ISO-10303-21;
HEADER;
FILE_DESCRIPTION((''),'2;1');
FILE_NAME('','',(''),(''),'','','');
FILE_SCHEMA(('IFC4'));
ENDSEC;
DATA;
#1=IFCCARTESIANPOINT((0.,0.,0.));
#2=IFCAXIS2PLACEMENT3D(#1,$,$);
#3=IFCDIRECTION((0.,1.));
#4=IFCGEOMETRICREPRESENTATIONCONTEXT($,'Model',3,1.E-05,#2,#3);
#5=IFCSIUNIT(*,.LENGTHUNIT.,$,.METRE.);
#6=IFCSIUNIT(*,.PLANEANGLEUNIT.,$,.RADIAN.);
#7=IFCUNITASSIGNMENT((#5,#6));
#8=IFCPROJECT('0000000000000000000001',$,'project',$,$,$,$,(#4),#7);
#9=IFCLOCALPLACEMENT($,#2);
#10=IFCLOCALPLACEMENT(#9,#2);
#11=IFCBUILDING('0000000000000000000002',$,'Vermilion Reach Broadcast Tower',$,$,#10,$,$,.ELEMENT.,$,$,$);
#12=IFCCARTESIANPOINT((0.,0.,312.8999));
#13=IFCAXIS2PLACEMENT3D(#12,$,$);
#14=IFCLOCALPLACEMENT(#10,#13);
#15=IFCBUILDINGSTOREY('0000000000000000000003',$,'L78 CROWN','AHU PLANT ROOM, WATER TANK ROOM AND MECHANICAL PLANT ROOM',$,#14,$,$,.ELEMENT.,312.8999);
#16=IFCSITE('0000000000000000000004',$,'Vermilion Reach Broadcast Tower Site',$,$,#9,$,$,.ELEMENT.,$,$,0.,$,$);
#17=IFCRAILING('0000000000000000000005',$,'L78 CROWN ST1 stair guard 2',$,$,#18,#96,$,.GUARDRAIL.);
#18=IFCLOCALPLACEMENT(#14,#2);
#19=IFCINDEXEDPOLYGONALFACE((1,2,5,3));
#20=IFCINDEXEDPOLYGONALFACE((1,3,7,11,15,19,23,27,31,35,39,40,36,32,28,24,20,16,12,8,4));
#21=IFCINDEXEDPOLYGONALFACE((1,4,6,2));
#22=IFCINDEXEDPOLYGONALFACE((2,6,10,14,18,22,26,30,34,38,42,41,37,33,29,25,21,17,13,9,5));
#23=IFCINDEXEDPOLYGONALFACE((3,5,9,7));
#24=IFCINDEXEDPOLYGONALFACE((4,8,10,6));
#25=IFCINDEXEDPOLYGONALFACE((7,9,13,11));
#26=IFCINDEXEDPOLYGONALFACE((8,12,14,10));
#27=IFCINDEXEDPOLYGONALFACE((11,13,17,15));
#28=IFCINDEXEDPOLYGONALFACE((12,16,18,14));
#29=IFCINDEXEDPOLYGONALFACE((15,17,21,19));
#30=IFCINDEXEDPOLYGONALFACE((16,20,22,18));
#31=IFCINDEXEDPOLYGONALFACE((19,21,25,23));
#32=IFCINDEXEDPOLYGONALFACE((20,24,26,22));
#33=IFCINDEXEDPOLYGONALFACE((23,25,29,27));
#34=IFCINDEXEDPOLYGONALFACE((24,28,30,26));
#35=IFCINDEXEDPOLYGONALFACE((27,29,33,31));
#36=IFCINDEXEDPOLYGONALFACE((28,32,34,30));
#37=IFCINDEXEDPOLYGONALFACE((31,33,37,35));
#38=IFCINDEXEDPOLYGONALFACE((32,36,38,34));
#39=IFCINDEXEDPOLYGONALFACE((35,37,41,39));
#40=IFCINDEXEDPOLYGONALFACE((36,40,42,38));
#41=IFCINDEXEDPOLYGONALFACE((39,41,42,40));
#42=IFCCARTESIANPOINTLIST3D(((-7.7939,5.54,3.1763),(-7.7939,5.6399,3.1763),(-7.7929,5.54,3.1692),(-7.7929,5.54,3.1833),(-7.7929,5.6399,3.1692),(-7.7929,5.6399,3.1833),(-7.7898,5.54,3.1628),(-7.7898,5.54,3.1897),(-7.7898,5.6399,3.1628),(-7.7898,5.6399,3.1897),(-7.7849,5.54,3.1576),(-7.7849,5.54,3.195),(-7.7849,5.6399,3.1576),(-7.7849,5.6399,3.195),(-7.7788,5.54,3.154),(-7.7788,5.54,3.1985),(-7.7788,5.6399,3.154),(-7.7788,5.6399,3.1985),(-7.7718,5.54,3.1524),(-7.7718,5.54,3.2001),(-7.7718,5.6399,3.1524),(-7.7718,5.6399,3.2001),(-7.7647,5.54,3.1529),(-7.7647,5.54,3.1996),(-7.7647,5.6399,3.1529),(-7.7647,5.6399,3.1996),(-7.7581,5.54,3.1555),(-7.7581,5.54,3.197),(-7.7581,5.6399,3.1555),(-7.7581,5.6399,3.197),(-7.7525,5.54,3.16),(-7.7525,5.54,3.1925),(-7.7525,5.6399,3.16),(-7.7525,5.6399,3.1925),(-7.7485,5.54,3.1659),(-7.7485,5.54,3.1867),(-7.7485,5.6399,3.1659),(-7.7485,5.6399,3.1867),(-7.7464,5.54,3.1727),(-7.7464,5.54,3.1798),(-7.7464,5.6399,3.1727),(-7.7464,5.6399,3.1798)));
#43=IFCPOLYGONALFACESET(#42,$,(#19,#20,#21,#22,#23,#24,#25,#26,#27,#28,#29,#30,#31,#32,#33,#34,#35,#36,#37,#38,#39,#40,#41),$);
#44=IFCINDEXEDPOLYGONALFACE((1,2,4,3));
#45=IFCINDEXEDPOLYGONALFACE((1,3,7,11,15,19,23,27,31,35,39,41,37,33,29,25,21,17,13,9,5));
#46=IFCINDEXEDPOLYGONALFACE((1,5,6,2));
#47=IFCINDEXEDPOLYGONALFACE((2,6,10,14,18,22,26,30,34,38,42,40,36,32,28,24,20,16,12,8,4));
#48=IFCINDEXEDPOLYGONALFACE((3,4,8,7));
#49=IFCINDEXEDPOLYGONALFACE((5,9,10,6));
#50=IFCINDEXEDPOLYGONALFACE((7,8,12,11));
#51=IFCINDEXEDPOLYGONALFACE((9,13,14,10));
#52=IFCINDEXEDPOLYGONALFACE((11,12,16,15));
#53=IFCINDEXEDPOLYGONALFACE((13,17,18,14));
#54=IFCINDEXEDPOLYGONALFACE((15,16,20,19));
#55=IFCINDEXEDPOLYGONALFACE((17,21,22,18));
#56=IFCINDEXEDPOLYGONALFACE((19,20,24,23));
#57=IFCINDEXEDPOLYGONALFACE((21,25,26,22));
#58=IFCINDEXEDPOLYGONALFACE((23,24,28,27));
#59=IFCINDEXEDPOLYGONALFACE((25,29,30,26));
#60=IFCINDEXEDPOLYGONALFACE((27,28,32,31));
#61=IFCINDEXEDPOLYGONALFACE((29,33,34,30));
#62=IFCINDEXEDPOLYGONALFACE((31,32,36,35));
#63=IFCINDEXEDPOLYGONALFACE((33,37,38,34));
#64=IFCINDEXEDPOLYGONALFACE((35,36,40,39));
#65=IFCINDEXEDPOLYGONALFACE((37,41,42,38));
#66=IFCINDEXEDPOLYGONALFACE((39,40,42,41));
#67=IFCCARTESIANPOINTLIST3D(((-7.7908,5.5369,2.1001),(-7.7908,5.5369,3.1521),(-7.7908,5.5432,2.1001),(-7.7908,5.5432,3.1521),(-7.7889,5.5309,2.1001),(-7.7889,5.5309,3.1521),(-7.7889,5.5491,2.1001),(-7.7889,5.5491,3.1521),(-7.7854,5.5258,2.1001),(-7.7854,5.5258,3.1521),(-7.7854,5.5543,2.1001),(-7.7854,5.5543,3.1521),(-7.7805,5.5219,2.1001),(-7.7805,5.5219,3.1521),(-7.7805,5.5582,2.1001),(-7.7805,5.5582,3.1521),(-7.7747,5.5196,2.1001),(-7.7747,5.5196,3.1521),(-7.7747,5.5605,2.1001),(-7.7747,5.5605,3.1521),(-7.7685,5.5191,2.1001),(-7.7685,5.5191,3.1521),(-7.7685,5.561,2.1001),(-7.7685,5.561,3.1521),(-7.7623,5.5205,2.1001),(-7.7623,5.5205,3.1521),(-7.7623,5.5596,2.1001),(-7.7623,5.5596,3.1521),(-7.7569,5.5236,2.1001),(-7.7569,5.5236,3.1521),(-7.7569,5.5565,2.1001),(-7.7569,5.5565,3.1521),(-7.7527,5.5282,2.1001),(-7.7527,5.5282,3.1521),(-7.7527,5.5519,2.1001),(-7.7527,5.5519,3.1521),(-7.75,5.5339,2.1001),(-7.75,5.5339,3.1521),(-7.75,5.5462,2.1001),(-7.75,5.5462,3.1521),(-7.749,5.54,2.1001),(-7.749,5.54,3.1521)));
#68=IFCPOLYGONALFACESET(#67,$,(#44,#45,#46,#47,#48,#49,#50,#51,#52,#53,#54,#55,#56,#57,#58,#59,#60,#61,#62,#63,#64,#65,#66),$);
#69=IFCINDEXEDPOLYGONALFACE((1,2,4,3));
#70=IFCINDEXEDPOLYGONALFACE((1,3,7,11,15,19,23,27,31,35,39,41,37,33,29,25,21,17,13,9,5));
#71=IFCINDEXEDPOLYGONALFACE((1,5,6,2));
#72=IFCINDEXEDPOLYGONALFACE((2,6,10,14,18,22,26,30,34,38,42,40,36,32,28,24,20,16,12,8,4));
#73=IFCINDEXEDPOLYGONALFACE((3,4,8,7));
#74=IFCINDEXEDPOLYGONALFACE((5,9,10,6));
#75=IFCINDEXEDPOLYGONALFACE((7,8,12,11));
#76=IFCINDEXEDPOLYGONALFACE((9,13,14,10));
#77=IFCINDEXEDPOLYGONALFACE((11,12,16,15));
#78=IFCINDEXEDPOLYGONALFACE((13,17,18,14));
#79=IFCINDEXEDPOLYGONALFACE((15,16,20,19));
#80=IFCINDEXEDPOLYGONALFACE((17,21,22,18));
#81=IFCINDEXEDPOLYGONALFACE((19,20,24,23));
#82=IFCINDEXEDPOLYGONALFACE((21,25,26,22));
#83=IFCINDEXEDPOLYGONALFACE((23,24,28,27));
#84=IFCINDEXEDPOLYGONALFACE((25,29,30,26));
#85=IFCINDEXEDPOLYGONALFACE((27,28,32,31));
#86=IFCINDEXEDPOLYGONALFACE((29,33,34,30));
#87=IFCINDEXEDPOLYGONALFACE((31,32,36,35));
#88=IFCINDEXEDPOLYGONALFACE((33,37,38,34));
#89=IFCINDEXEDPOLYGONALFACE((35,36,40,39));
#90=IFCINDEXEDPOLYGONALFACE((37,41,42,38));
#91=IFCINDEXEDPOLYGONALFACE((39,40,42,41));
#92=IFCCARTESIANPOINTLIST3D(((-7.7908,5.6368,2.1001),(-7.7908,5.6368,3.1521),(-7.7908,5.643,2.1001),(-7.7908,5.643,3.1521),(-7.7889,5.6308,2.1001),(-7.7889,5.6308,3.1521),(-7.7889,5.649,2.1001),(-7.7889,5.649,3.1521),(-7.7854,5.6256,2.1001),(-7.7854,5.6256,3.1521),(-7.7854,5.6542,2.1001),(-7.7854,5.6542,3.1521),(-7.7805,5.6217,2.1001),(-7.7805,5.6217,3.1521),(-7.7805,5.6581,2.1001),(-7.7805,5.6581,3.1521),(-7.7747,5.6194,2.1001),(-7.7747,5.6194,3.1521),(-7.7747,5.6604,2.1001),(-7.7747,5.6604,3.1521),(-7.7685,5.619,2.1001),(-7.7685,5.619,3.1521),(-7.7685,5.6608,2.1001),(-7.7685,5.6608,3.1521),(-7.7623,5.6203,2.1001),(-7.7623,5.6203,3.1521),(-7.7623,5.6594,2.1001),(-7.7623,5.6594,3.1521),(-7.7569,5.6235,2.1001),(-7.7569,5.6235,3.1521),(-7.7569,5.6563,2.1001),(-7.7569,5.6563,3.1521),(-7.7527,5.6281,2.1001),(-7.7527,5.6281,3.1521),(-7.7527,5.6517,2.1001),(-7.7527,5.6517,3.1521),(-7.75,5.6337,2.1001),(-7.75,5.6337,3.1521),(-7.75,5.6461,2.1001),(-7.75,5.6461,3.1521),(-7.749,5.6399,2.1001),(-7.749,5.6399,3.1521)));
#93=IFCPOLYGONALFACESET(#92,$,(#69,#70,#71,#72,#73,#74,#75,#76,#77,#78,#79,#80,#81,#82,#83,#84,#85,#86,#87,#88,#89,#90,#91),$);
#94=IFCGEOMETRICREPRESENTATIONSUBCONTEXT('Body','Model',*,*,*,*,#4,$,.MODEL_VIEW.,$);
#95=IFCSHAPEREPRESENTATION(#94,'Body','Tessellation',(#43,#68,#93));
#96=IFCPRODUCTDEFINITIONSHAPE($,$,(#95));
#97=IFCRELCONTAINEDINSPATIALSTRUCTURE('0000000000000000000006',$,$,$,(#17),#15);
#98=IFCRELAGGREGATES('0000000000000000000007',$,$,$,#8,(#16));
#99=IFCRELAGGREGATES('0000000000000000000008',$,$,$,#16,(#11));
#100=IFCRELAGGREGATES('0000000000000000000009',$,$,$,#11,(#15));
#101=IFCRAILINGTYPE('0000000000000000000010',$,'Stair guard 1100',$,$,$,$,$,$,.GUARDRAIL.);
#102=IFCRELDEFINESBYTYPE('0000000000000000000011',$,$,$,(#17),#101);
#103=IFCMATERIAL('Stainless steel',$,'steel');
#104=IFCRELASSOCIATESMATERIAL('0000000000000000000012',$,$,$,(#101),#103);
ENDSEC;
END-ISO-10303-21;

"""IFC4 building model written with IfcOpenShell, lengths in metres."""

from ifc_helpers import new_model, si_unit, direction, frame, origin, origin_2d, place, context, subcontext, project, spatial, circle, extrude, material, type_object, element, save


model = new_model("IFC4")

# Units and contexts
model_context = context("Model", 3, precision=1e-05, world=origin(), true_north=direction((0.0, 1.0)))
body_context = subcontext(model_context, "Body", "Model", "MODEL_VIEW")
ifc_project = project(units=[si_unit("LENGTHUNIT", "METRE"), si_unit("PLANEANGLEUNIT", "RADIAN")], contexts=[model_context])

# Site, building, storey
site_placement = place(None, origin())
site = spatial("IfcSite", under=ifc_project, at=site_placement, Name="Vermilion Reach Broadcast Tower Site", CompositionType="ELEMENT", RefElevation=0.0)
building_placement = place(site_placement, origin())
building = spatial("IfcBuilding", under=site, at=building_placement, Name="Vermilion Reach Broadcast Tower", CompositionType="ELEMENT")
storey_placement = place(building_placement, frame((0.0, 0.0, 312.8999)))
storey = spatial("IfcBuildingStorey", under=building, at=storey_placement, Name="L78 CROWN", Description="AHU PLANT ROOM, WATER TANK ROOM AND MECHANICAL PLANT ROOM", CompositionType="ELEMENT", Elevation=312.8999)

# Railing
ifc_material_1 = material(Name="Stainless steel", Category="steel")
railing_type_1 = type_object("IfcRailingType", Name="Stair guard 1100", PredefinedType="GUARDRAIL", material=ifc_material_1)
railing_1_placement = place(storey_placement, frame((-7.77, 5.54, 2.1001)))
element("IfcRailing", 1, at=railing_1_placement, inside=storey, type_object=railing_type_1, Name="L78 CROWN ST1 stair guard 2", PredefinedType="GUARDRAIL", context=body_context, shape_type="SweptSolid", body=[
    extrude(circle(Radius=0.0239, at=origin_2d()), frame((0.0, 0.0, 1.0762), z_axis=(0.0, 1.0, 0.0), x_axis=(-1.0, 0.0, 0.0)), (0.0, 0.0, 1.0), 0.0999),
    extrude(circle(Radius=0.021, at=origin_2d()), origin(), (0.0, 0.0, 1.0), 1.052),
    extrude(circle(Radius=0.021, at=origin_2d()), frame((0.0, 0.0999, 0.0)), (0.0, 0.0, 1.0), 1.052),
])

save(model, "model.ifc")
